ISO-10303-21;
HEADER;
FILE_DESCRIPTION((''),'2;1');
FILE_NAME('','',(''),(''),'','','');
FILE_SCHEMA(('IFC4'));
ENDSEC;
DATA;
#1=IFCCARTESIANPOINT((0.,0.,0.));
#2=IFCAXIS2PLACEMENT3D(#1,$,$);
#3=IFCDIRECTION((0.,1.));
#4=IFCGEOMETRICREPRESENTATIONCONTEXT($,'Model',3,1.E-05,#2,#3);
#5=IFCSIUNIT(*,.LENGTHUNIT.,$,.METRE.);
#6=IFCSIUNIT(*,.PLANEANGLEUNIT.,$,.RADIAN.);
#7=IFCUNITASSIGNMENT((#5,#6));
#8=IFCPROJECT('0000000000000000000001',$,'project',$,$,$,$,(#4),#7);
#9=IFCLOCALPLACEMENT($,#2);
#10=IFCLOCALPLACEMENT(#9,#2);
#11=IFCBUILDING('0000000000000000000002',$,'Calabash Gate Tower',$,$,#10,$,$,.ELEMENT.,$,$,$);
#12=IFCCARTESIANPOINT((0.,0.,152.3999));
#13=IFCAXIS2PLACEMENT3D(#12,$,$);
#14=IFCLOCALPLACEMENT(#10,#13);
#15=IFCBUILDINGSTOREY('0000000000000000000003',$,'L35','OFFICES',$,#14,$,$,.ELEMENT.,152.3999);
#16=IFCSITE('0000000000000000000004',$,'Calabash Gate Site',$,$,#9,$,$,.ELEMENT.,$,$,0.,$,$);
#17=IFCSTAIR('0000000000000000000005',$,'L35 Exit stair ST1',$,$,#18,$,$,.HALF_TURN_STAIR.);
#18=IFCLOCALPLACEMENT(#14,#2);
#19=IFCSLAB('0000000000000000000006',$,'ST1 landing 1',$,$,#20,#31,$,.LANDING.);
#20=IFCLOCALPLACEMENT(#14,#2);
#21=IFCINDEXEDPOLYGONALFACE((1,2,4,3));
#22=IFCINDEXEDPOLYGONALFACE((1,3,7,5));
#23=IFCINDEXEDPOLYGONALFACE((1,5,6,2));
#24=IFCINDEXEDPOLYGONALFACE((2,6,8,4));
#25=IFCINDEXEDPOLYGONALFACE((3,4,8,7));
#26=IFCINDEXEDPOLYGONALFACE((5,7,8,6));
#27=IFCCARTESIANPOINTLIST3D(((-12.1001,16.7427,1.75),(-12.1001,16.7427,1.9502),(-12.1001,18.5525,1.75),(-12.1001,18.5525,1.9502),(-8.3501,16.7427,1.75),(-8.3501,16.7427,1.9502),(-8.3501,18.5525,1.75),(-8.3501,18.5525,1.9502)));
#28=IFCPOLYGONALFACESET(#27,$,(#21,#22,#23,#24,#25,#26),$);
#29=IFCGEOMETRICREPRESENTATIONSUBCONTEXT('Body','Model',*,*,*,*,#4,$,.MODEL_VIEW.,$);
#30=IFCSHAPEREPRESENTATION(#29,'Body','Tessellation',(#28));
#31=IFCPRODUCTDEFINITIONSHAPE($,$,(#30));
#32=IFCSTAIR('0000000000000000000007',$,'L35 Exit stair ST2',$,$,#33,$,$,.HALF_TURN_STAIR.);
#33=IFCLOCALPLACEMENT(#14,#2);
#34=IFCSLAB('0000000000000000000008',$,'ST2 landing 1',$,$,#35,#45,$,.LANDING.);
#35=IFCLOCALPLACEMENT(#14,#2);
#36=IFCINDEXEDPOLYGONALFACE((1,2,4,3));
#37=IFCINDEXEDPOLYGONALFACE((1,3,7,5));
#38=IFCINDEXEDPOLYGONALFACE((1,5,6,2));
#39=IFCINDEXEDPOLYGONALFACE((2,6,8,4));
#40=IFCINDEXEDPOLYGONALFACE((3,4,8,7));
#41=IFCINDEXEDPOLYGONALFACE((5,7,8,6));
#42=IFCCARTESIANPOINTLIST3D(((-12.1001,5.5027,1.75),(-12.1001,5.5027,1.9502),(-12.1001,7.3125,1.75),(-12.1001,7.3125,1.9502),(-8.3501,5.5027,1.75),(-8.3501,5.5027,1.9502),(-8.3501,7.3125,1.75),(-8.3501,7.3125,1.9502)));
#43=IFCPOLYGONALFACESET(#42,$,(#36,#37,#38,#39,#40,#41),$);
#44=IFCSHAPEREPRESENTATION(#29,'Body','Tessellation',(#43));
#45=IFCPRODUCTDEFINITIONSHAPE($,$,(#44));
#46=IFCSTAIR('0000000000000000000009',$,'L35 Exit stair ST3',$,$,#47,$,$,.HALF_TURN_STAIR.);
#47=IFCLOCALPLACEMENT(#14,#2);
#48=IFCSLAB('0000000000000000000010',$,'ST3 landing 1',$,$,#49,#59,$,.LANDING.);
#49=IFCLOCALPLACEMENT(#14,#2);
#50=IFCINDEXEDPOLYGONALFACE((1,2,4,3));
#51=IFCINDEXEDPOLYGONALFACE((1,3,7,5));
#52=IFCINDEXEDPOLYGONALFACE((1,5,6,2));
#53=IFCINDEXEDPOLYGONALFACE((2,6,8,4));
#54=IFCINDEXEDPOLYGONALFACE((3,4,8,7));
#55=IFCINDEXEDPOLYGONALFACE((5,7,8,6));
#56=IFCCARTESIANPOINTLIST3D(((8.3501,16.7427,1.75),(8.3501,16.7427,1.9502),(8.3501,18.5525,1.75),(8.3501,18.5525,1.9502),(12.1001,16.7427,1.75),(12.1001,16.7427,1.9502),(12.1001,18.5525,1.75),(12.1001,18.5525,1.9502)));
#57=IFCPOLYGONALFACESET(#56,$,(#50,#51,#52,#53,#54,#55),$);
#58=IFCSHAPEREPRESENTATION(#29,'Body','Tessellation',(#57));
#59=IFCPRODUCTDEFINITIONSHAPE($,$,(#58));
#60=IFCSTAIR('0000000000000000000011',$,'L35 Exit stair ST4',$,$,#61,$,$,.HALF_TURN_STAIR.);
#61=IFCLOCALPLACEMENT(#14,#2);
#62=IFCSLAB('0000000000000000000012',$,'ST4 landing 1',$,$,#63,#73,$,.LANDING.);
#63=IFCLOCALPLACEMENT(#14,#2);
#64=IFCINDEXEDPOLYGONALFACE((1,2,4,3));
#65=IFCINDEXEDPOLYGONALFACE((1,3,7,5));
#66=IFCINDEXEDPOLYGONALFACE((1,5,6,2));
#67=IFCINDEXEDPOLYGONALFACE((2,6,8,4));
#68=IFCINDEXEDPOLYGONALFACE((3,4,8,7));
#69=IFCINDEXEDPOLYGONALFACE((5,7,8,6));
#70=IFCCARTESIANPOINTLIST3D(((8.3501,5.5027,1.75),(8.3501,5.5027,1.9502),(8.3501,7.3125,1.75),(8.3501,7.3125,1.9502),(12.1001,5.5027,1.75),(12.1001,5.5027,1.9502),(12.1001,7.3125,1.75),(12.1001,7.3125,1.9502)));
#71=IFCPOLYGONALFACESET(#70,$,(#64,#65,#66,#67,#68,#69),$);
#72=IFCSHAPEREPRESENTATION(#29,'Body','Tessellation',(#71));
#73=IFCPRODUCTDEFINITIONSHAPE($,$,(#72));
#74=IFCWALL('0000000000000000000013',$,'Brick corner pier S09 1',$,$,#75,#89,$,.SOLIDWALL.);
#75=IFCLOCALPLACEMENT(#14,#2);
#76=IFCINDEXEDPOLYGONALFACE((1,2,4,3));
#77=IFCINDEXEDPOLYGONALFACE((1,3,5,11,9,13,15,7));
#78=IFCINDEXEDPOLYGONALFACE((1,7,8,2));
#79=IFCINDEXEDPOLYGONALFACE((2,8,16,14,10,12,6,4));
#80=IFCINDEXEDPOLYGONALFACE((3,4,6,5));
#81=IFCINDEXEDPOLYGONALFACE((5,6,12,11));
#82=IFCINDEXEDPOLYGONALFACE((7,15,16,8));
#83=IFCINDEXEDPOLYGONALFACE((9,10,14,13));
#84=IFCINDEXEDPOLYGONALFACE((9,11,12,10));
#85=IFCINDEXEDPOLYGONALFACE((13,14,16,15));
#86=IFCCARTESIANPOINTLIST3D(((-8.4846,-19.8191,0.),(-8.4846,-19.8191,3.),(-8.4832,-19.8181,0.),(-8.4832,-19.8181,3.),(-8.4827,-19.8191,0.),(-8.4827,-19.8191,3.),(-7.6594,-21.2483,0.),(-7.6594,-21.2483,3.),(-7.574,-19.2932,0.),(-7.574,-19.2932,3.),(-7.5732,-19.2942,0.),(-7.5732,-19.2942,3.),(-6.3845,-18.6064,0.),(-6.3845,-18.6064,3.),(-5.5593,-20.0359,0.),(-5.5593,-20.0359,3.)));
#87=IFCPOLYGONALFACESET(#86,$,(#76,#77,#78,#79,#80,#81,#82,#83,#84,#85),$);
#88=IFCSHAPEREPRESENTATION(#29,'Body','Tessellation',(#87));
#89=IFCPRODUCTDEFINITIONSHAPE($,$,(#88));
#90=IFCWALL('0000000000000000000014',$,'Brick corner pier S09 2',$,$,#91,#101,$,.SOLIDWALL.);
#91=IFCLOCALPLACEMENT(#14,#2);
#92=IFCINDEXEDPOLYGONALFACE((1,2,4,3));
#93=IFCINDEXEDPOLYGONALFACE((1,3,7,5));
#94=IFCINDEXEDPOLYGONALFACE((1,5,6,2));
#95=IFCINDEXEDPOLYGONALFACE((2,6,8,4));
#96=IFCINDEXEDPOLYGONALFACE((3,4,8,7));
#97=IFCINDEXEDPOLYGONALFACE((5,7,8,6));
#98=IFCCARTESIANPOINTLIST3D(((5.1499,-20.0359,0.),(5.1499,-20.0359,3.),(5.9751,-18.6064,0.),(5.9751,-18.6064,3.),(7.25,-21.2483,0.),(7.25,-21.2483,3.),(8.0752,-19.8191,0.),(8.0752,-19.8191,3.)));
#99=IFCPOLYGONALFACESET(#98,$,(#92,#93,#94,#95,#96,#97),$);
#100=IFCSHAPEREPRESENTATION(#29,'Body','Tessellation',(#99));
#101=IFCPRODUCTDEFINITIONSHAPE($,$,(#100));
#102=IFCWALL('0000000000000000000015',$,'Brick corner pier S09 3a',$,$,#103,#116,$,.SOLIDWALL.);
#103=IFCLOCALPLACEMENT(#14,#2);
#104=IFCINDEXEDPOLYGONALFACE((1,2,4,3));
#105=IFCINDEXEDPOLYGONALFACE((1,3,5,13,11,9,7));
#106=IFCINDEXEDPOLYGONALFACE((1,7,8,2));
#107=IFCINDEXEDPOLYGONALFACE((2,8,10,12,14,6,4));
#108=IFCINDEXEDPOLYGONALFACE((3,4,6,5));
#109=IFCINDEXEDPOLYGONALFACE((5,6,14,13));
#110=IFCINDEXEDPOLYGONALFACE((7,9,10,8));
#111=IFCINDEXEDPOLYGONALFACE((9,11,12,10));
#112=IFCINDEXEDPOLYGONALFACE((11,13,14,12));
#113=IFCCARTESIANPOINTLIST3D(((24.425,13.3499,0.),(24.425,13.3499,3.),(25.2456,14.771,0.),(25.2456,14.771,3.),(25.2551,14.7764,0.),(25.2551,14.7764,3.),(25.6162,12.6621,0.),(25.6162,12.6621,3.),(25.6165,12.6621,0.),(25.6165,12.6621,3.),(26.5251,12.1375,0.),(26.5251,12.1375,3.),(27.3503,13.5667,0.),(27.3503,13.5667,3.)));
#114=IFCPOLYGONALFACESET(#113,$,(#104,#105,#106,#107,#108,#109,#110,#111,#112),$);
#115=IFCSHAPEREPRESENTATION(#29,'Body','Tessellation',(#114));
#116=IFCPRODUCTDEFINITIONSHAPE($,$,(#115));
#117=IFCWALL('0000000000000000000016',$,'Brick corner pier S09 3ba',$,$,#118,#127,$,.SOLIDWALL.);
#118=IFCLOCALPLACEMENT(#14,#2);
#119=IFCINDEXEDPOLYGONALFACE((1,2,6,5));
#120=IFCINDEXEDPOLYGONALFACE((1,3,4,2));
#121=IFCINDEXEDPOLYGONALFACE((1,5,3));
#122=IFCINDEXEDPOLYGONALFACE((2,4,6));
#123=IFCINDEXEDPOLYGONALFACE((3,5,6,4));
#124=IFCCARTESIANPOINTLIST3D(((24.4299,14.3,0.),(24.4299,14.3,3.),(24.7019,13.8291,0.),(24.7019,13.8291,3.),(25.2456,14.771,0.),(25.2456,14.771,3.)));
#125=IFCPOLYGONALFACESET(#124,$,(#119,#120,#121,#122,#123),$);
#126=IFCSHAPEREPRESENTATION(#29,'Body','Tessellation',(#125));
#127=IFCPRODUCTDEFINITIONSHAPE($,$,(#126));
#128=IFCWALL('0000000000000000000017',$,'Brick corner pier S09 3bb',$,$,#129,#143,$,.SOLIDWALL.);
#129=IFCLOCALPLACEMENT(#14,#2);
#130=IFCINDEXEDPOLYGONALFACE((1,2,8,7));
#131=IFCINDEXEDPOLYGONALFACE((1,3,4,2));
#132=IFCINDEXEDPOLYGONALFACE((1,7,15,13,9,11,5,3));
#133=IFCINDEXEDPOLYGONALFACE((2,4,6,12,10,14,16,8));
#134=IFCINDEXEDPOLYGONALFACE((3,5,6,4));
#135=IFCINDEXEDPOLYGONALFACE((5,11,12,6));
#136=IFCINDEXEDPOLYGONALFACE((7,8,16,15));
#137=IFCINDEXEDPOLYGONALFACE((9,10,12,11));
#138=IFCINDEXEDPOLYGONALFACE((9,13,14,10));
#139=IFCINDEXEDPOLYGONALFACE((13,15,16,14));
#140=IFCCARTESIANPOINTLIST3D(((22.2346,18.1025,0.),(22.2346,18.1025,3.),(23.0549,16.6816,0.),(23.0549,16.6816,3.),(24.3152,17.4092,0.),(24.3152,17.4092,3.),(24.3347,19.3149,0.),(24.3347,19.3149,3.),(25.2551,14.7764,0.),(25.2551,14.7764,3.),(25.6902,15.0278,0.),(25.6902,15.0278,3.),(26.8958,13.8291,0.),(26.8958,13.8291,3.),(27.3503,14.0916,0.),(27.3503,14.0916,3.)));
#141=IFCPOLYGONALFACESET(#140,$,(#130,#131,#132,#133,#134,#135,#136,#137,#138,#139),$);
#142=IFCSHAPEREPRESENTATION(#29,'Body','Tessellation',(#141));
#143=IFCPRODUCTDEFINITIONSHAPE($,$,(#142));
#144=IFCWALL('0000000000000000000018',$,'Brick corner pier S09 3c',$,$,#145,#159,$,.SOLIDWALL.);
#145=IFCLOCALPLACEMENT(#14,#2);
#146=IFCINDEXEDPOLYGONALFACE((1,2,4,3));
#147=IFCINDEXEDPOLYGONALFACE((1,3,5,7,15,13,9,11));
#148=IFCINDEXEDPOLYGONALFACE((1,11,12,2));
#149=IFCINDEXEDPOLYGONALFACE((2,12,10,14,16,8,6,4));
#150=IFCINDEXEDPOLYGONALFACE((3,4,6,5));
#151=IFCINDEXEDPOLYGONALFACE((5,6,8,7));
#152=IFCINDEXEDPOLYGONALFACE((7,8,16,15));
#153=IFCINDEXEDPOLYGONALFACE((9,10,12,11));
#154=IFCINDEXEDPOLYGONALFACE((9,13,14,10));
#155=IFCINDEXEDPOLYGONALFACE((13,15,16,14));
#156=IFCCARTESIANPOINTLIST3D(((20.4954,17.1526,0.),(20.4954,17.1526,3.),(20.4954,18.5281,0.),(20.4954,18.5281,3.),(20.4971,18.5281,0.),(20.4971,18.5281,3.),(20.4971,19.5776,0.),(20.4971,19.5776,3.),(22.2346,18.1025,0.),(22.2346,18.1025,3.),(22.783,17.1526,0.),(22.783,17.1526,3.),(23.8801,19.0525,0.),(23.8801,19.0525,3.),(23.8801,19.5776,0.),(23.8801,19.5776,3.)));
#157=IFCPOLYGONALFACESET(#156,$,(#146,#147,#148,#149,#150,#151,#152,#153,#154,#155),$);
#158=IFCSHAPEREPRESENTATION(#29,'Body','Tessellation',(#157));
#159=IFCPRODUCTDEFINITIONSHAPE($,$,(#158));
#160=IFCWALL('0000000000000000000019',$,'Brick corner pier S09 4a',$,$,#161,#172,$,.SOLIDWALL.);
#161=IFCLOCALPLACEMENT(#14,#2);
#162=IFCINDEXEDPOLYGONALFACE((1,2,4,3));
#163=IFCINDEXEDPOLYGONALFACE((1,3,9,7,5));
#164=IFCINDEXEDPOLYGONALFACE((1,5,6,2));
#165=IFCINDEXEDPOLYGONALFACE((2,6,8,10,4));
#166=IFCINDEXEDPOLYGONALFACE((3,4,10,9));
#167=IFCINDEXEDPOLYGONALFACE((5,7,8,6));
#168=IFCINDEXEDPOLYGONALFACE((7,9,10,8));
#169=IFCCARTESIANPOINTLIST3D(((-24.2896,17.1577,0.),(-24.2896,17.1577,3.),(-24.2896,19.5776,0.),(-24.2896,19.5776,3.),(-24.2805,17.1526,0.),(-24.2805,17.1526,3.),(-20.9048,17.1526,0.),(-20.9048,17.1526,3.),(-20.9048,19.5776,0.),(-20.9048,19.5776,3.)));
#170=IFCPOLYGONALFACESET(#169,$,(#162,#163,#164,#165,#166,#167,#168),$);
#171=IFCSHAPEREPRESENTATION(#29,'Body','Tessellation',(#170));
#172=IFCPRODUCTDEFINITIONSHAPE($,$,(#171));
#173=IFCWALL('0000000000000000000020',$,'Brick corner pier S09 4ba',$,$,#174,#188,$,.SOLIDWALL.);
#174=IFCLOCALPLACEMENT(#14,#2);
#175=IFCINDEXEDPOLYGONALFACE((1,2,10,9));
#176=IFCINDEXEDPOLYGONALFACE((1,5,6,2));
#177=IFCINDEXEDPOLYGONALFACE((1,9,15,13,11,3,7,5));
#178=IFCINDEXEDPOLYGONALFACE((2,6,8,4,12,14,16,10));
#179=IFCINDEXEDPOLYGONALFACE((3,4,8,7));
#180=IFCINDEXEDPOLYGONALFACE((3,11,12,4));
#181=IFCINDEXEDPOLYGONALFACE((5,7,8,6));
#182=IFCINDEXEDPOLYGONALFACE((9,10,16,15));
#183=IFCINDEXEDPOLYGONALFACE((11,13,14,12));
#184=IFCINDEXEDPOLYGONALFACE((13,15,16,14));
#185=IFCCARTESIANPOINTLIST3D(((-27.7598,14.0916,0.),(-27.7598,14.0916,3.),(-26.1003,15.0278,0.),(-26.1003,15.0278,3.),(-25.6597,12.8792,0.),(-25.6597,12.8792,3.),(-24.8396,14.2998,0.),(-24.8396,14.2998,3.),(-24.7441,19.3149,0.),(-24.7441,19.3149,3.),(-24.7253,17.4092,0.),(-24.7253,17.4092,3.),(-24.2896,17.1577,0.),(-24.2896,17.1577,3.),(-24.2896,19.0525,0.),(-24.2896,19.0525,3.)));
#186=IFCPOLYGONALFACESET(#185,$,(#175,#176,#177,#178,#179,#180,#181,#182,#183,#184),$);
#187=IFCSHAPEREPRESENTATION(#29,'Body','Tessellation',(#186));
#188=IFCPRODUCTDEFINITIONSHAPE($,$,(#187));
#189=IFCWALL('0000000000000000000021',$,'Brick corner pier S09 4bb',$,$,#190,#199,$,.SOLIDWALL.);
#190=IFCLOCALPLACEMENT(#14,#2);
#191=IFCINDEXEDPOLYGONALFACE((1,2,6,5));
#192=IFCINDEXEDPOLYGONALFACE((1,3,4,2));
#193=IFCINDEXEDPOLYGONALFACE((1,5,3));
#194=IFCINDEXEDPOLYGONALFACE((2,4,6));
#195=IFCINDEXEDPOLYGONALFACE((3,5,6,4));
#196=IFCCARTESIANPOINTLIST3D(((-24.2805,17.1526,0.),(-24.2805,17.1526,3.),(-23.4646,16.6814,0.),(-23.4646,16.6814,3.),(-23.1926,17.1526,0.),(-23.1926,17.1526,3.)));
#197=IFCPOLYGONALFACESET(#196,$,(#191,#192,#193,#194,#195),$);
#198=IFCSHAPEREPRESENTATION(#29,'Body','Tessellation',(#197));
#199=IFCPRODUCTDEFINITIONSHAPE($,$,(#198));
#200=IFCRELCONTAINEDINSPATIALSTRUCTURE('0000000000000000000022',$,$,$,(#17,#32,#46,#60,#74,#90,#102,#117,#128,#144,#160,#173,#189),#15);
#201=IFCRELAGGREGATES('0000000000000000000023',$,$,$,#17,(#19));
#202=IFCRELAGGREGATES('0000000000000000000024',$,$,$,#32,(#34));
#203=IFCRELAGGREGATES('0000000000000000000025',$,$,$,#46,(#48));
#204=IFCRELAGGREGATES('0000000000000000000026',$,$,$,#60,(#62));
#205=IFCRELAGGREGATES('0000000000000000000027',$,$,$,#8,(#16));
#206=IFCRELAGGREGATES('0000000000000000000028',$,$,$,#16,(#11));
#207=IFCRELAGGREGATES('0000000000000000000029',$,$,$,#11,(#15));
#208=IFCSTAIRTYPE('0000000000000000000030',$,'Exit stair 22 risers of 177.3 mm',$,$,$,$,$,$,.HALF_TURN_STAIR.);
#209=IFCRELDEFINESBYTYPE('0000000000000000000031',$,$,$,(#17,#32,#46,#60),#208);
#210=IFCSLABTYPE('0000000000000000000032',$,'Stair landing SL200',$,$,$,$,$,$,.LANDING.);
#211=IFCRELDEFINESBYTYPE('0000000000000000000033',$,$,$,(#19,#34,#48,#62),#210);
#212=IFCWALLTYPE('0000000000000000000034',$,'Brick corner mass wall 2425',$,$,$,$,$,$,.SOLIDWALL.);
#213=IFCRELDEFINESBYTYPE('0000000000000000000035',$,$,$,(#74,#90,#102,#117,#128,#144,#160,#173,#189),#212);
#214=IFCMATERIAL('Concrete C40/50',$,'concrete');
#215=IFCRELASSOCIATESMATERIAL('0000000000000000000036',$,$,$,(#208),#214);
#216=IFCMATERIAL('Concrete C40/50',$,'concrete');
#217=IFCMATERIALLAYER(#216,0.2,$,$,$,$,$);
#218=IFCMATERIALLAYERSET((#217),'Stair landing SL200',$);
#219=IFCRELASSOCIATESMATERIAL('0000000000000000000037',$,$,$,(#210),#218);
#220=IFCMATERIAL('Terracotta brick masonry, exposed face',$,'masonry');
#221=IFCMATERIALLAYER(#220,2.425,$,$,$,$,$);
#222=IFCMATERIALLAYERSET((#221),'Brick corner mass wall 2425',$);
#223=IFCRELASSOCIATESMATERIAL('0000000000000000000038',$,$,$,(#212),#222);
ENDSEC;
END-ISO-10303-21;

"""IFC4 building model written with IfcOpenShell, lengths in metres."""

from ifc_helpers import new_model, si_unit, direction, frame, origin, place, context, subcontext, project, spatial, polyline, outline, extrude, material, layer, layer_set, type_object, element, aggregate, save


model = new_model("IFC4")

# Units and contexts
model_context = context("Model", 3, precision=1e-05, world=origin(), true_north=direction((0.0, 1.0)))
body_context = subcontext(model_context, "Body", "Model", "MODEL_VIEW")
ifc_project = project(units=[si_unit("LENGTHUNIT", "METRE"), si_unit("PLANEANGLEUNIT", "RADIAN")], contexts=[model_context])

# Site, building, storey
site_placement = place(None, origin())
site = spatial("IfcSite", under=ifc_project, at=site_placement, Name="Calabash Gate Site", CompositionType="ELEMENT", RefElevation=0.0)
building_placement = place(site_placement, origin())
building = spatial("IfcBuilding", under=site, at=building_placement, Name="Calabash Gate Tower", CompositionType="ELEMENT")
storey_placement = place(building_placement, frame((0.0, 0.0, 152.3999)))
storey = spatial("IfcBuildingStorey", under=building, at=storey_placement, Name="L35", Description="OFFICES", CompositionType="ELEMENT", Elevation=152.3999)

# Stairs, slabs
ifc_material_1 = material(Name="Concrete C40/50", Category="concrete")
stair_type = type_object("IfcStairType", Name="Exit stair 22 risers of 177.3 mm", PredefinedType="HALF_TURN_STAIR", material=ifc_material_1)
stair_1_placement = place(storey_placement, origin())
stair_1 = element("IfcStair", 1, at=stair_1_placement, inside=storey, type_object=stair_type, Name="L35 Exit stair ST1", PredefinedType="HALF_TURN_STAIR")
ifc_material_2 = material(Name="Concrete C40/50", Category="concrete")
ifc_layer_1 = layer(ifc_material_2, 0.2)
ifc_layer_set_1 = layer_set([ifc_layer_1], Name="Stair landing SL200")
slab_type = type_object("IfcSlabType", Name="Stair landing SL200", PredefinedType="LANDING", material=ifc_layer_set_1)
slab_1_placement = place(storey_placement, frame((0.0, 0.0, 1.75)))
slab_1 = element("IfcSlab", 2, at=slab_1_placement, type_object=slab_type, Name="ST1 landing 1", PredefinedType="LANDING", context=body_context, shape_type="SweptSolid", body=[
    extrude(outline(polyline([(-8.3501, 16.7427), (-8.3501, 18.5525), (-12.1001, 18.5525), (-12.1001, 16.7427), (-8.3501, 16.7427)])), origin(), (0.0, 0.0, 1.0), 0.2002),
])
aggregate(stair_1, [slab_1])
stair_2_placement = place(storey_placement, origin())
stair_2 = element("IfcStair", 3, at=stair_2_placement, inside=storey, type_object=stair_type, Name="L35 Exit stair ST2", PredefinedType="HALF_TURN_STAIR")
slab_2_placement = place(storey_placement, frame((0.0, 0.0, 1.75)))
slab_2 = element("IfcSlab", 4, at=slab_2_placement, type_object=slab_type, Name="ST2 landing 1", PredefinedType="LANDING", context=body_context, shape_type="SweptSolid", body=[
    extrude(outline(polyline([(-12.1001, 7.3125), (-12.1001, 5.5027), (-8.3501, 5.5027), (-8.3501, 7.3125), (-12.1001, 7.3125)])), origin(), (0.0, 0.0, 1.0), 0.2002),
])
aggregate(stair_2, [slab_2])
stair_3_placement = place(storey_placement, origin())
stair_3 = element("IfcStair", 5, at=stair_3_placement, inside=storey, type_object=stair_type, Name="L35 Exit stair ST3", PredefinedType="HALF_TURN_STAIR")
slab_3_placement = place(storey_placement, frame((0.0, 0.0, 1.75)))
slab_3 = element("IfcSlab", 6, at=slab_3_placement, type_object=slab_type, Name="ST3 landing 1", PredefinedType="LANDING", context=body_context, shape_type="SweptSolid", body=[
    extrude(outline(polyline([(12.1001, 16.7427), (12.1001, 18.5525), (8.3501, 18.5525), (8.3501, 16.7427), (12.1001, 16.7427)])), origin(), (0.0, 0.0, 1.0), 0.2002),
])
aggregate(stair_3, [slab_3])
stair_4_placement = place(storey_placement, origin())
stair_4 = element("IfcStair", 7, at=stair_4_placement, inside=storey, type_object=stair_type, Name="L35 Exit stair ST4", PredefinedType="HALF_TURN_STAIR")
slab_4_placement = place(storey_placement, frame((0.0, 0.0, 1.75)))
slab_4 = element("IfcSlab", 8, at=slab_4_placement, type_object=slab_type, Name="ST4 landing 1", PredefinedType="LANDING", context=body_context, shape_type="SweptSolid", body=[
    extrude(outline(polyline([(8.3501, 7.3125), (8.3501, 5.5027), (12.1001, 5.5027), (12.1001, 7.3125), (8.3501, 7.3125)])), origin(), (0.0, 0.0, 1.0), 0.2002),
])
aggregate(stair_4, [slab_4])

# Walls
ifc_material_3 = material(Name="Terracotta brick masonry, exposed face", Category="masonry")
ifc_layer_2 = layer(ifc_material_3, 2.425)
ifc_layer_set_2 = layer_set([ifc_layer_2], Name="Brick corner mass wall 2425")
wall_type_1 = type_object("IfcWallType", Name="Brick corner mass wall 2425", PredefinedType="SOLIDWALL", material=ifc_layer_set_2)
wall_1_placement = place(storey_placement, origin())
element("IfcWall", 9, at=wall_1_placement, inside=storey, type_object=wall_type_1, Name="Brick corner pier S09 1", PredefinedType="SOLIDWALL", context=body_context, shape_type="SweptSolid", body=[
    extrude(outline(polyline([(-5.5593, -20.0359), (-6.3845, -18.6064), (-7.574, -19.2932), (-7.5732, -19.2942), (-8.4827, -19.8191), (-8.4832, -19.8181), (-8.4846, -19.8191), (-7.6594, -21.2483), (-5.5593, -20.0359)])), origin(), (0.0, 0.0, 1.0), 3.0),
])
wall_2_placement = place(storey_placement, origin())
element("IfcWall", 10, at=wall_2_placement, inside=storey, type_object=wall_type_1, Name="Brick corner pier S09 2", PredefinedType="SOLIDWALL", context=body_context, shape_type="SweptSolid", body=[
    extrude(outline(polyline([(8.0752, -19.8191), (5.9751, -18.6064), (5.1499, -20.0359), (7.25, -21.2483), (8.0752, -19.8191)])), origin(), (0.0, 0.0, 1.0), 3.0),
])
wall_3_placement = place(storey_placement, origin())
element("IfcWall", 11, at=wall_3_placement, inside=storey, type_object=wall_type_1, Name="Brick corner pier S09 3a", PredefinedType="SOLIDWALL", context=body_context, shape_type="SweptSolid", body=[
    extrude(outline(polyline([(25.2456, 14.771), (24.425, 13.3499), (25.6162, 12.6621), (25.6165, 12.6621), (26.5251, 12.1375), (27.3503, 13.5667), (25.2551, 14.7764), (25.2456, 14.771)])), origin(), (0.0, 0.0, 1.0), 3.0),
])
wall_4_placement = place(storey_placement, origin())
element("IfcWall", 12, at=wall_4_placement, inside=storey, type_object=wall_type_1, Name="Brick corner pier S09 3ba", PredefinedType="SOLIDWALL", context=body_context, shape_type="SweptSolid", body=[
    extrude(outline(polyline([(25.2456, 14.771), (24.4299, 14.3), (24.7019, 13.8291), (25.2456, 14.771)])), origin(), (0.0, 0.0, 1.0), 3.0),
])
wall_5_placement = place(storey_placement, origin())
element("IfcWall", 13, at=wall_5_placement, inside=storey, type_object=wall_type_1, Name="Brick corner pier S09 3bb", PredefinedType="SOLIDWALL", context=body_context, shape_type="SweptSolid", body=[
    extrude(outline(polyline([(24.3152, 17.4092), (25.6902, 15.0278), (25.2551, 14.7764), (26.8958, 13.8291), (27.3503, 14.0916), (24.3347, 19.3149), (22.2346, 18.1025), (23.0549, 16.6816), (24.3152, 17.4092)])), origin(), (0.0, 0.0, 1.0), 3.0),
])
wall_6_placement = place(storey_placement, origin())
element("IfcWall", 14, at=wall_6_placement, inside=storey, type_object=wall_type_1, Name="Brick corner pier S09 3c", PredefinedType="SOLIDWALL", context=body_context, shape_type="SweptSolid", body=[
    extrude(outline(polyline([(20.4954, 18.5281), (20.4954, 17.1526), (22.783, 17.1526), (22.2346, 18.1025), (23.8801, 19.0525), (23.8801, 19.5776), (20.4971, 19.5776), (20.4971, 18.5281), (20.4954, 18.5281)])), origin(), (0.0, 0.0, 1.0), 3.0),
])
wall_7_placement = place(storey_placement, origin())
element("IfcWall", 15, at=wall_7_placement, inside=storey, type_object=wall_type_1, Name="Brick corner pier S09 4a", PredefinedType="SOLIDWALL", context=body_context, shape_type="SweptSolid", body=[
    extrude(outline(polyline([(-24.2805, 17.1526), (-20.9048, 17.1526), (-20.9048, 19.5776), (-24.2896, 19.5776), (-24.2896, 17.1577), (-24.2805, 17.1526)])), origin(), (0.0, 0.0, 1.0), 3.0),
])
wall_8_placement = place(storey_placement, origin())
element("IfcWall", 16, at=wall_8_placement, inside=storey, type_object=wall_type_1, Name="Brick corner pier S09 4ba", PredefinedType="SOLIDWALL", context=body_context, shape_type="SweptSolid", body=[
    extrude(outline(polyline([(-24.8396, 14.2998), (-26.1003, 15.0278), (-24.7253, 17.4092), (-24.2896, 17.1577), (-24.2896, 19.0525), (-24.7441, 19.3149), (-27.7598, 14.0916), (-25.6597, 12.8792), (-24.8396, 14.2998)])), origin(), (0.0, 0.0, 1.0), 3.0),
])
wall_9_placement = place(storey_placement, origin())
element("IfcWall", 17, at=wall_9_placement, inside=storey, type_object=wall_type_1, Name="Brick corner pier S09 4bb", PredefinedType="SOLIDWALL", context=body_context, shape_type="SweptSolid", body=[
    extrude(outline(polyline([(-23.1926, 17.1526), (-24.2805, 17.1526), (-23.4646, 16.6814), (-23.1926, 17.1526)])), origin(), (0.0, 0.0, 1.0), 3.0),
])

save(model, "model.ifc")
